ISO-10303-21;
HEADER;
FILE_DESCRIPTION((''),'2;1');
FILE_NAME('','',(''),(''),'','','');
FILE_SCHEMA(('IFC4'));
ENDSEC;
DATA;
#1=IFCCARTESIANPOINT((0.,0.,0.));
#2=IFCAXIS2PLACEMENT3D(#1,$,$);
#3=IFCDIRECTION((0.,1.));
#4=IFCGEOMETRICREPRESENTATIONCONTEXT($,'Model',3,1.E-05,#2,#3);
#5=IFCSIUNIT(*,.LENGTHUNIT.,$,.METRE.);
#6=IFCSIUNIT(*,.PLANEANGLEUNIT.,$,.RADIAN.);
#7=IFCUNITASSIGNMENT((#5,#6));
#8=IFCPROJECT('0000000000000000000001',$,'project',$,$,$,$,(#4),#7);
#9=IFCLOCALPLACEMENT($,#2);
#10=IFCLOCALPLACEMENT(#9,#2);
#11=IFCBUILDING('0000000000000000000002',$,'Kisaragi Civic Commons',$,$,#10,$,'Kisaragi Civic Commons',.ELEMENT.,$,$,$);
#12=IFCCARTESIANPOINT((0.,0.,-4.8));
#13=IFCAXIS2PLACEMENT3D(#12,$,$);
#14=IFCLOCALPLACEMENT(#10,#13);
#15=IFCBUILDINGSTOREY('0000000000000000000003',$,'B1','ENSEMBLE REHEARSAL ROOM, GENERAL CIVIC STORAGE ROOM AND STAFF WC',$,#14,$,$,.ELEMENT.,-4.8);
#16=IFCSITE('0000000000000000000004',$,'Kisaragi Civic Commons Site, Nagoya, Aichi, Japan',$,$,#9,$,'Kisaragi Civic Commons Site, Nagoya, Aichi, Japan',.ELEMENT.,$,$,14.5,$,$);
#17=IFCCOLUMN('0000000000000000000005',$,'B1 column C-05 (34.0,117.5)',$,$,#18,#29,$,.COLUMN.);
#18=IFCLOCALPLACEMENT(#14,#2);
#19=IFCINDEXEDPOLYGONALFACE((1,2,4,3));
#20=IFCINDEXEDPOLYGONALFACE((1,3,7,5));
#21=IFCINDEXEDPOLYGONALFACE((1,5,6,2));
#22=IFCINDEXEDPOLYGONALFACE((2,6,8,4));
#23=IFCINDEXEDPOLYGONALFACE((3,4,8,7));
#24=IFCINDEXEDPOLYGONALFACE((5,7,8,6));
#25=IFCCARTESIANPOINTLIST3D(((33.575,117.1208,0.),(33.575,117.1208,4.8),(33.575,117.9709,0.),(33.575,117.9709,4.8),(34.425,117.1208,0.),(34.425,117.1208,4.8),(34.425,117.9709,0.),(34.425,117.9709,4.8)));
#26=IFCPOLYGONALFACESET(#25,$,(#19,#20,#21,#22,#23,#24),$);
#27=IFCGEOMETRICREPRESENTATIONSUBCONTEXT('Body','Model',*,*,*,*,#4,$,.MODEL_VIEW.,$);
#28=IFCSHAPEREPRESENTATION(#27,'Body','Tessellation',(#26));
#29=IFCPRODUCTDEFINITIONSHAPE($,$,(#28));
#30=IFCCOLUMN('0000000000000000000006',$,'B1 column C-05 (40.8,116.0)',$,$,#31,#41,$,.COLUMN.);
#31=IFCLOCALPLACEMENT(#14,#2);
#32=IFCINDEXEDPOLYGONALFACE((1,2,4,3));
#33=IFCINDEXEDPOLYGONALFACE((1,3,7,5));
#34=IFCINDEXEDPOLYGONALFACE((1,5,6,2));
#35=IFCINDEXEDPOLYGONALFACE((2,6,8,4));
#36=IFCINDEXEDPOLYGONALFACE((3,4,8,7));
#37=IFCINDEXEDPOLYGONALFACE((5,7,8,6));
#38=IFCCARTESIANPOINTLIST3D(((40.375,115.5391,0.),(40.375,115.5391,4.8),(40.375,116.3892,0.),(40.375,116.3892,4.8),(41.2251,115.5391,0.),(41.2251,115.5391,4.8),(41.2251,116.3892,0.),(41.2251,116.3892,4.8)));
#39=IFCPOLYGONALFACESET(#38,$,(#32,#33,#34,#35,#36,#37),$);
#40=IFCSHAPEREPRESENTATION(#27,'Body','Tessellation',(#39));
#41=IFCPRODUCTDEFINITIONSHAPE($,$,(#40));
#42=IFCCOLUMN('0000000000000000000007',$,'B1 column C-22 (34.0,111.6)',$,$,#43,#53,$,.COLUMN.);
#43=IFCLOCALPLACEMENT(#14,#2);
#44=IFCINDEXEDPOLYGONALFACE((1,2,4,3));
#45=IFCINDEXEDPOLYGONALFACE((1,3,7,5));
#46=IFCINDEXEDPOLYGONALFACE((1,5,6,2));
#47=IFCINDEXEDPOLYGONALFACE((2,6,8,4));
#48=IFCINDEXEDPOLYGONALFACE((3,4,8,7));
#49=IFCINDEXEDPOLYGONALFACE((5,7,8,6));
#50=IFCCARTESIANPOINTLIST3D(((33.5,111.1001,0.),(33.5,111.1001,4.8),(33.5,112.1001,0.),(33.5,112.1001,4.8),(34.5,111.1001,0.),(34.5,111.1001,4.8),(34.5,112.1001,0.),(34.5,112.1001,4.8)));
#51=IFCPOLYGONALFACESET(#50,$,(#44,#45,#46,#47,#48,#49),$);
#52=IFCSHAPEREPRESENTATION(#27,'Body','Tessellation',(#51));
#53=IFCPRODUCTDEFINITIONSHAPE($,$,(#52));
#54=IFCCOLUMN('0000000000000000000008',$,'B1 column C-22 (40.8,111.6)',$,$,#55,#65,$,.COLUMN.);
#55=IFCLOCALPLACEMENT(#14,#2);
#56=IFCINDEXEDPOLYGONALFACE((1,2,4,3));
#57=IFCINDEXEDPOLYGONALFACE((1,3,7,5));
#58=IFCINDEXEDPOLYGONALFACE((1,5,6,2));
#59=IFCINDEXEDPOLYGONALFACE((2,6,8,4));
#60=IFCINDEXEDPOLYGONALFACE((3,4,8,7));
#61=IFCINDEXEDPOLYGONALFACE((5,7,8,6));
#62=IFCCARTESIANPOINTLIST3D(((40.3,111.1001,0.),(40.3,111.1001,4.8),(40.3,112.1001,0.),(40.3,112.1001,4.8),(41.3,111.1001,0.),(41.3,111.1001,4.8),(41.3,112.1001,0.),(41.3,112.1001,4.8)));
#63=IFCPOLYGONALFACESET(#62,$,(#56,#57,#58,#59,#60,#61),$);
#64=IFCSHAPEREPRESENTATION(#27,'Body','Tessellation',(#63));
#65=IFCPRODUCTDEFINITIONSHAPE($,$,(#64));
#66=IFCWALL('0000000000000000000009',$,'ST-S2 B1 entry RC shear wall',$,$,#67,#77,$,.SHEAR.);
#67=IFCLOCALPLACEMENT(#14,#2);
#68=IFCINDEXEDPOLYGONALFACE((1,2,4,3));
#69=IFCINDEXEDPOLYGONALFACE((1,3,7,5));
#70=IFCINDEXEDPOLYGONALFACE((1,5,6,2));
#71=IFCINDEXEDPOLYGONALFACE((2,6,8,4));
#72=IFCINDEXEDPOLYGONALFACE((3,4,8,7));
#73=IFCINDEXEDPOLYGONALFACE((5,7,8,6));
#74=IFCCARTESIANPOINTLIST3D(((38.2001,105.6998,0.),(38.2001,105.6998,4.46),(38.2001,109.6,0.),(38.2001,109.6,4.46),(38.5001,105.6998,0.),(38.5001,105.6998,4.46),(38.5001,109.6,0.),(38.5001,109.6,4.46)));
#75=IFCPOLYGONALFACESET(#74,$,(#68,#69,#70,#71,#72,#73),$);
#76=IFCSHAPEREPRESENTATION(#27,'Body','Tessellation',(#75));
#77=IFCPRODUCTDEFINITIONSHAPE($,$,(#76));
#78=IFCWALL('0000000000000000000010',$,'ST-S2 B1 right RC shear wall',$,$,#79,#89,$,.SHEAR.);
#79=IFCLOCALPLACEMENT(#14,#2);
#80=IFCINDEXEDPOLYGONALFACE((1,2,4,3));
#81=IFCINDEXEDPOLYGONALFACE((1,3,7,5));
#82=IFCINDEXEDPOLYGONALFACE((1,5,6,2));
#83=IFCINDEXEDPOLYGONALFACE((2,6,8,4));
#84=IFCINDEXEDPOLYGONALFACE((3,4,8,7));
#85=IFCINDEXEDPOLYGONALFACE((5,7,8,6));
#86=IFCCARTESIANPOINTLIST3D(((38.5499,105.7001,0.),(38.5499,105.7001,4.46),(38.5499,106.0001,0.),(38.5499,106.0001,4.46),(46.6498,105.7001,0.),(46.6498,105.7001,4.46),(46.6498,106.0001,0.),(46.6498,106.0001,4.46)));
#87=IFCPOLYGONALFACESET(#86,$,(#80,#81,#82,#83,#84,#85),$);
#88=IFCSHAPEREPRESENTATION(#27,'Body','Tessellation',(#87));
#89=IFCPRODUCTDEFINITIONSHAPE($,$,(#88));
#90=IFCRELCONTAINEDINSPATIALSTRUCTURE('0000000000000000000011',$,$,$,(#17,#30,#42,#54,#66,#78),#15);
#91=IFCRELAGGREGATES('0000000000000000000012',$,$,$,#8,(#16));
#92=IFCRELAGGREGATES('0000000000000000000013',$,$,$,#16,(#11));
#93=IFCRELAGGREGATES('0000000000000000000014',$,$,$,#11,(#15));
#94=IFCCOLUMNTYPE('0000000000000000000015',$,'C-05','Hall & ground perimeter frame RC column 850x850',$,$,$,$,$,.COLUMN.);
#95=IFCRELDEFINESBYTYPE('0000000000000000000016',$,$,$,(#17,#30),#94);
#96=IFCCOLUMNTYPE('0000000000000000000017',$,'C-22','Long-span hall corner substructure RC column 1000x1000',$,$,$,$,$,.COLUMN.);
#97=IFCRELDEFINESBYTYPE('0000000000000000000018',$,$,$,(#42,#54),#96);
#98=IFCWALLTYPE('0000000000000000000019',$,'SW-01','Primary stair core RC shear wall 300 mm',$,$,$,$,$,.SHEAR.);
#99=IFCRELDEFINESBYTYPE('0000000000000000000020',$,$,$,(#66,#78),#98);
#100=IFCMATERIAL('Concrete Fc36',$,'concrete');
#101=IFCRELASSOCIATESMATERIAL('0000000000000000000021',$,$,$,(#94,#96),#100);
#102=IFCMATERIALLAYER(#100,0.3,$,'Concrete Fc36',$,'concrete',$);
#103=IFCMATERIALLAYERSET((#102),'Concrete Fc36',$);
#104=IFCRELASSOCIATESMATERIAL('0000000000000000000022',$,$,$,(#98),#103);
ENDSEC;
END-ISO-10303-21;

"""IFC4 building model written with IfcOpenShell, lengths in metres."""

from ifc_helpers import new_model, si_unit, direction, frame, frame_2d, origin, origin_2d, place, context, subcontext, project, spatial, rectangle, extrude, material, layer, layer_set, material_profile, profile_set, type_object, element, save


model = new_model("IFC4")

# Units and contexts
model_context = context("Model", 3, precision=1e-05, world=origin(), true_north=direction((0.0, 1.0)))
body_context = subcontext(model_context, "Body", "Model", "MODEL_VIEW")
ifc_project = project(units=[si_unit("LENGTHUNIT", "METRE"), si_unit("PLANEANGLEUNIT", "RADIAN")], contexts=[model_context])

# Site, building, storey
site_placement = place(None, origin())
site = spatial("IfcSite", under=ifc_project, at=site_placement, Name="Kisaragi Civic Commons Site, Nagoya, Aichi, Japan", LongName="Kisaragi Civic Commons Site, Nagoya, Aichi, Japan", CompositionType="ELEMENT", RefElevation=14.5)
building_placement = place(site_placement, origin())
building = spatial("IfcBuilding", under=site, at=building_placement, Name="Kisaragi Civic Commons", LongName="Kisaragi Civic Commons", CompositionType="ELEMENT")
storey_placement = place(building_placement, frame((0.0, 0.0, -4.8)))
storey = spatial("IfcBuildingStorey", under=building, at=storey_placement, Name="B1", Description="ENSEMBLE REHEARSAL ROOM, GENERAL CIVIC STORAGE ROOM AND STAFF WC", CompositionType="ELEMENT", Elevation=-4.8)

# Shared definitions
ifc_material_1 = material(Name="Concrete Fc36", Category="concrete")

# Columns
ifc_material_profile_1 = material_profile(ifc_material_1, rectangle(XDim=0.8501, YDim=0.8501, at=origin_2d()), Name="RC-850x850", Category="concrete")
ifc_profile_set_1 = profile_set([ifc_material_profile_1], Name="Concrete Fc36")
column_type_1 = type_object("IfcColumnType", Name="C-05", Description="Hall & ground perimeter frame RC column 850x850", PredefinedType="COLUMN", material=ifc_profile_set_1)
for number, where, z_axis, x_axis, name in (
    (1, (34.0, 117.5459, 0.0), (0.0, 0.0, 1.0), (1.0, 0.0, 0.0), "B1 column C-05 (34.0,117.5)"),
    (2, (40.8, 115.9641, 0.0), (0.0, 0.0, 1.0), (1.0, 0.0, 0.0), "B1 column C-05 (40.8,116.0)"),
):
    element("IfcColumn", number, at=place(storey_placement, frame(where, z_axis=z_axis, x_axis=x_axis)), inside=storey, type_object=column_type_1, Name=name, PredefinedType="COLUMN", context=body_context, shape_type="SweptSolid", body=[
        extrude(rectangle(XDim=0.8501, YDim=0.8501, at=origin_2d()), origin(), (0.0, 0.0, 1.0), 4.8),
    ])
ifc_material_profile_2 = material_profile(ifc_material_1, rectangle(XDim=1.0, YDim=1.0, at=origin_2d()), Name="RC-1000x1000", Category="concrete")
ifc_profile_set_2 = profile_set([ifc_material_profile_2], Name="Concrete Fc36")
column_type_2 = type_object("IfcColumnType", Name="C-22", Description="Long-span hall corner substructure RC column 1000x1000", PredefinedType="COLUMN", material=ifc_profile_set_2)
for number, where, z_axis, x_axis, name in (
    (3, (34.0, 111.6001, 0.0), (0.0, 0.0, 1.0), (1.0, 0.0, 0.0), "B1 column C-22 (34.0,111.6)"),
    (4, (40.8, 111.6001, 0.0), (0.0, 0.0, 1.0), (1.0, 0.0, 0.0), "B1 column C-22 (40.8,111.6)"),
):
    element("IfcColumn", number, at=place(storey_placement, frame(where, z_axis=z_axis, x_axis=x_axis)), inside=storey, type_object=column_type_2, Name=name, PredefinedType="COLUMN", context=body_context, shape_type="SweptSolid", body=[
        extrude(rectangle(XDim=1.0, YDim=1.0, at=origin_2d()), origin(), (0.0, 0.0, 1.0), 4.8),
    ])

# Walls
ifc_layer = layer(ifc_material_1, 0.3, Name="Concrete Fc36", Category="concrete")
ifc_layer_set = layer_set([ifc_layer], Name="Concrete Fc36")
wall_type = type_object("IfcWallType", Name="SW-01", Description="Primary stair core RC shear wall 300 mm", PredefinedType="SHEAR", material=ifc_layer_set)
wall_1_placement = place(storey_placement, frame((38.3501, 109.6001, 0.0), z_axis=(0.0, 0.0, 1.0), x_axis=(0.0, -1.0, 0.0)))
element("IfcWall", 5, at=wall_1_placement, inside=storey, type_object=wall_type, Name="ST-S2 B1 entry RC shear wall", PredefinedType="SHEAR", context=body_context, shape_type="SweptSolid", body=[
    extrude(rectangle(XDim=3.9001, YDim=0.3, at=frame_2d((1.9502, 0.0))), origin(), (0.0, 0.0, 1.0), 4.46),
])
wall_2_placement = place(storey_placement, frame((38.55, 105.8501, 0.0), z_axis=(0.0, 0.0, 1.0), x_axis=(1.0, 0.0, 0.0)))
element("IfcWall", 6, at=wall_2_placement, inside=storey, type_object=wall_type, Name="ST-S2 B1 right RC shear wall", PredefinedType="SHEAR", context=body_context, shape_type="SweptSolid", body=[
    extrude(rectangle(XDim=8.0999, YDim=0.3, at=frame_2d((4.0498, 0.0))), origin(), (0.0, 0.0, 1.0), 4.46),
])

save(model, "model.ifc")
